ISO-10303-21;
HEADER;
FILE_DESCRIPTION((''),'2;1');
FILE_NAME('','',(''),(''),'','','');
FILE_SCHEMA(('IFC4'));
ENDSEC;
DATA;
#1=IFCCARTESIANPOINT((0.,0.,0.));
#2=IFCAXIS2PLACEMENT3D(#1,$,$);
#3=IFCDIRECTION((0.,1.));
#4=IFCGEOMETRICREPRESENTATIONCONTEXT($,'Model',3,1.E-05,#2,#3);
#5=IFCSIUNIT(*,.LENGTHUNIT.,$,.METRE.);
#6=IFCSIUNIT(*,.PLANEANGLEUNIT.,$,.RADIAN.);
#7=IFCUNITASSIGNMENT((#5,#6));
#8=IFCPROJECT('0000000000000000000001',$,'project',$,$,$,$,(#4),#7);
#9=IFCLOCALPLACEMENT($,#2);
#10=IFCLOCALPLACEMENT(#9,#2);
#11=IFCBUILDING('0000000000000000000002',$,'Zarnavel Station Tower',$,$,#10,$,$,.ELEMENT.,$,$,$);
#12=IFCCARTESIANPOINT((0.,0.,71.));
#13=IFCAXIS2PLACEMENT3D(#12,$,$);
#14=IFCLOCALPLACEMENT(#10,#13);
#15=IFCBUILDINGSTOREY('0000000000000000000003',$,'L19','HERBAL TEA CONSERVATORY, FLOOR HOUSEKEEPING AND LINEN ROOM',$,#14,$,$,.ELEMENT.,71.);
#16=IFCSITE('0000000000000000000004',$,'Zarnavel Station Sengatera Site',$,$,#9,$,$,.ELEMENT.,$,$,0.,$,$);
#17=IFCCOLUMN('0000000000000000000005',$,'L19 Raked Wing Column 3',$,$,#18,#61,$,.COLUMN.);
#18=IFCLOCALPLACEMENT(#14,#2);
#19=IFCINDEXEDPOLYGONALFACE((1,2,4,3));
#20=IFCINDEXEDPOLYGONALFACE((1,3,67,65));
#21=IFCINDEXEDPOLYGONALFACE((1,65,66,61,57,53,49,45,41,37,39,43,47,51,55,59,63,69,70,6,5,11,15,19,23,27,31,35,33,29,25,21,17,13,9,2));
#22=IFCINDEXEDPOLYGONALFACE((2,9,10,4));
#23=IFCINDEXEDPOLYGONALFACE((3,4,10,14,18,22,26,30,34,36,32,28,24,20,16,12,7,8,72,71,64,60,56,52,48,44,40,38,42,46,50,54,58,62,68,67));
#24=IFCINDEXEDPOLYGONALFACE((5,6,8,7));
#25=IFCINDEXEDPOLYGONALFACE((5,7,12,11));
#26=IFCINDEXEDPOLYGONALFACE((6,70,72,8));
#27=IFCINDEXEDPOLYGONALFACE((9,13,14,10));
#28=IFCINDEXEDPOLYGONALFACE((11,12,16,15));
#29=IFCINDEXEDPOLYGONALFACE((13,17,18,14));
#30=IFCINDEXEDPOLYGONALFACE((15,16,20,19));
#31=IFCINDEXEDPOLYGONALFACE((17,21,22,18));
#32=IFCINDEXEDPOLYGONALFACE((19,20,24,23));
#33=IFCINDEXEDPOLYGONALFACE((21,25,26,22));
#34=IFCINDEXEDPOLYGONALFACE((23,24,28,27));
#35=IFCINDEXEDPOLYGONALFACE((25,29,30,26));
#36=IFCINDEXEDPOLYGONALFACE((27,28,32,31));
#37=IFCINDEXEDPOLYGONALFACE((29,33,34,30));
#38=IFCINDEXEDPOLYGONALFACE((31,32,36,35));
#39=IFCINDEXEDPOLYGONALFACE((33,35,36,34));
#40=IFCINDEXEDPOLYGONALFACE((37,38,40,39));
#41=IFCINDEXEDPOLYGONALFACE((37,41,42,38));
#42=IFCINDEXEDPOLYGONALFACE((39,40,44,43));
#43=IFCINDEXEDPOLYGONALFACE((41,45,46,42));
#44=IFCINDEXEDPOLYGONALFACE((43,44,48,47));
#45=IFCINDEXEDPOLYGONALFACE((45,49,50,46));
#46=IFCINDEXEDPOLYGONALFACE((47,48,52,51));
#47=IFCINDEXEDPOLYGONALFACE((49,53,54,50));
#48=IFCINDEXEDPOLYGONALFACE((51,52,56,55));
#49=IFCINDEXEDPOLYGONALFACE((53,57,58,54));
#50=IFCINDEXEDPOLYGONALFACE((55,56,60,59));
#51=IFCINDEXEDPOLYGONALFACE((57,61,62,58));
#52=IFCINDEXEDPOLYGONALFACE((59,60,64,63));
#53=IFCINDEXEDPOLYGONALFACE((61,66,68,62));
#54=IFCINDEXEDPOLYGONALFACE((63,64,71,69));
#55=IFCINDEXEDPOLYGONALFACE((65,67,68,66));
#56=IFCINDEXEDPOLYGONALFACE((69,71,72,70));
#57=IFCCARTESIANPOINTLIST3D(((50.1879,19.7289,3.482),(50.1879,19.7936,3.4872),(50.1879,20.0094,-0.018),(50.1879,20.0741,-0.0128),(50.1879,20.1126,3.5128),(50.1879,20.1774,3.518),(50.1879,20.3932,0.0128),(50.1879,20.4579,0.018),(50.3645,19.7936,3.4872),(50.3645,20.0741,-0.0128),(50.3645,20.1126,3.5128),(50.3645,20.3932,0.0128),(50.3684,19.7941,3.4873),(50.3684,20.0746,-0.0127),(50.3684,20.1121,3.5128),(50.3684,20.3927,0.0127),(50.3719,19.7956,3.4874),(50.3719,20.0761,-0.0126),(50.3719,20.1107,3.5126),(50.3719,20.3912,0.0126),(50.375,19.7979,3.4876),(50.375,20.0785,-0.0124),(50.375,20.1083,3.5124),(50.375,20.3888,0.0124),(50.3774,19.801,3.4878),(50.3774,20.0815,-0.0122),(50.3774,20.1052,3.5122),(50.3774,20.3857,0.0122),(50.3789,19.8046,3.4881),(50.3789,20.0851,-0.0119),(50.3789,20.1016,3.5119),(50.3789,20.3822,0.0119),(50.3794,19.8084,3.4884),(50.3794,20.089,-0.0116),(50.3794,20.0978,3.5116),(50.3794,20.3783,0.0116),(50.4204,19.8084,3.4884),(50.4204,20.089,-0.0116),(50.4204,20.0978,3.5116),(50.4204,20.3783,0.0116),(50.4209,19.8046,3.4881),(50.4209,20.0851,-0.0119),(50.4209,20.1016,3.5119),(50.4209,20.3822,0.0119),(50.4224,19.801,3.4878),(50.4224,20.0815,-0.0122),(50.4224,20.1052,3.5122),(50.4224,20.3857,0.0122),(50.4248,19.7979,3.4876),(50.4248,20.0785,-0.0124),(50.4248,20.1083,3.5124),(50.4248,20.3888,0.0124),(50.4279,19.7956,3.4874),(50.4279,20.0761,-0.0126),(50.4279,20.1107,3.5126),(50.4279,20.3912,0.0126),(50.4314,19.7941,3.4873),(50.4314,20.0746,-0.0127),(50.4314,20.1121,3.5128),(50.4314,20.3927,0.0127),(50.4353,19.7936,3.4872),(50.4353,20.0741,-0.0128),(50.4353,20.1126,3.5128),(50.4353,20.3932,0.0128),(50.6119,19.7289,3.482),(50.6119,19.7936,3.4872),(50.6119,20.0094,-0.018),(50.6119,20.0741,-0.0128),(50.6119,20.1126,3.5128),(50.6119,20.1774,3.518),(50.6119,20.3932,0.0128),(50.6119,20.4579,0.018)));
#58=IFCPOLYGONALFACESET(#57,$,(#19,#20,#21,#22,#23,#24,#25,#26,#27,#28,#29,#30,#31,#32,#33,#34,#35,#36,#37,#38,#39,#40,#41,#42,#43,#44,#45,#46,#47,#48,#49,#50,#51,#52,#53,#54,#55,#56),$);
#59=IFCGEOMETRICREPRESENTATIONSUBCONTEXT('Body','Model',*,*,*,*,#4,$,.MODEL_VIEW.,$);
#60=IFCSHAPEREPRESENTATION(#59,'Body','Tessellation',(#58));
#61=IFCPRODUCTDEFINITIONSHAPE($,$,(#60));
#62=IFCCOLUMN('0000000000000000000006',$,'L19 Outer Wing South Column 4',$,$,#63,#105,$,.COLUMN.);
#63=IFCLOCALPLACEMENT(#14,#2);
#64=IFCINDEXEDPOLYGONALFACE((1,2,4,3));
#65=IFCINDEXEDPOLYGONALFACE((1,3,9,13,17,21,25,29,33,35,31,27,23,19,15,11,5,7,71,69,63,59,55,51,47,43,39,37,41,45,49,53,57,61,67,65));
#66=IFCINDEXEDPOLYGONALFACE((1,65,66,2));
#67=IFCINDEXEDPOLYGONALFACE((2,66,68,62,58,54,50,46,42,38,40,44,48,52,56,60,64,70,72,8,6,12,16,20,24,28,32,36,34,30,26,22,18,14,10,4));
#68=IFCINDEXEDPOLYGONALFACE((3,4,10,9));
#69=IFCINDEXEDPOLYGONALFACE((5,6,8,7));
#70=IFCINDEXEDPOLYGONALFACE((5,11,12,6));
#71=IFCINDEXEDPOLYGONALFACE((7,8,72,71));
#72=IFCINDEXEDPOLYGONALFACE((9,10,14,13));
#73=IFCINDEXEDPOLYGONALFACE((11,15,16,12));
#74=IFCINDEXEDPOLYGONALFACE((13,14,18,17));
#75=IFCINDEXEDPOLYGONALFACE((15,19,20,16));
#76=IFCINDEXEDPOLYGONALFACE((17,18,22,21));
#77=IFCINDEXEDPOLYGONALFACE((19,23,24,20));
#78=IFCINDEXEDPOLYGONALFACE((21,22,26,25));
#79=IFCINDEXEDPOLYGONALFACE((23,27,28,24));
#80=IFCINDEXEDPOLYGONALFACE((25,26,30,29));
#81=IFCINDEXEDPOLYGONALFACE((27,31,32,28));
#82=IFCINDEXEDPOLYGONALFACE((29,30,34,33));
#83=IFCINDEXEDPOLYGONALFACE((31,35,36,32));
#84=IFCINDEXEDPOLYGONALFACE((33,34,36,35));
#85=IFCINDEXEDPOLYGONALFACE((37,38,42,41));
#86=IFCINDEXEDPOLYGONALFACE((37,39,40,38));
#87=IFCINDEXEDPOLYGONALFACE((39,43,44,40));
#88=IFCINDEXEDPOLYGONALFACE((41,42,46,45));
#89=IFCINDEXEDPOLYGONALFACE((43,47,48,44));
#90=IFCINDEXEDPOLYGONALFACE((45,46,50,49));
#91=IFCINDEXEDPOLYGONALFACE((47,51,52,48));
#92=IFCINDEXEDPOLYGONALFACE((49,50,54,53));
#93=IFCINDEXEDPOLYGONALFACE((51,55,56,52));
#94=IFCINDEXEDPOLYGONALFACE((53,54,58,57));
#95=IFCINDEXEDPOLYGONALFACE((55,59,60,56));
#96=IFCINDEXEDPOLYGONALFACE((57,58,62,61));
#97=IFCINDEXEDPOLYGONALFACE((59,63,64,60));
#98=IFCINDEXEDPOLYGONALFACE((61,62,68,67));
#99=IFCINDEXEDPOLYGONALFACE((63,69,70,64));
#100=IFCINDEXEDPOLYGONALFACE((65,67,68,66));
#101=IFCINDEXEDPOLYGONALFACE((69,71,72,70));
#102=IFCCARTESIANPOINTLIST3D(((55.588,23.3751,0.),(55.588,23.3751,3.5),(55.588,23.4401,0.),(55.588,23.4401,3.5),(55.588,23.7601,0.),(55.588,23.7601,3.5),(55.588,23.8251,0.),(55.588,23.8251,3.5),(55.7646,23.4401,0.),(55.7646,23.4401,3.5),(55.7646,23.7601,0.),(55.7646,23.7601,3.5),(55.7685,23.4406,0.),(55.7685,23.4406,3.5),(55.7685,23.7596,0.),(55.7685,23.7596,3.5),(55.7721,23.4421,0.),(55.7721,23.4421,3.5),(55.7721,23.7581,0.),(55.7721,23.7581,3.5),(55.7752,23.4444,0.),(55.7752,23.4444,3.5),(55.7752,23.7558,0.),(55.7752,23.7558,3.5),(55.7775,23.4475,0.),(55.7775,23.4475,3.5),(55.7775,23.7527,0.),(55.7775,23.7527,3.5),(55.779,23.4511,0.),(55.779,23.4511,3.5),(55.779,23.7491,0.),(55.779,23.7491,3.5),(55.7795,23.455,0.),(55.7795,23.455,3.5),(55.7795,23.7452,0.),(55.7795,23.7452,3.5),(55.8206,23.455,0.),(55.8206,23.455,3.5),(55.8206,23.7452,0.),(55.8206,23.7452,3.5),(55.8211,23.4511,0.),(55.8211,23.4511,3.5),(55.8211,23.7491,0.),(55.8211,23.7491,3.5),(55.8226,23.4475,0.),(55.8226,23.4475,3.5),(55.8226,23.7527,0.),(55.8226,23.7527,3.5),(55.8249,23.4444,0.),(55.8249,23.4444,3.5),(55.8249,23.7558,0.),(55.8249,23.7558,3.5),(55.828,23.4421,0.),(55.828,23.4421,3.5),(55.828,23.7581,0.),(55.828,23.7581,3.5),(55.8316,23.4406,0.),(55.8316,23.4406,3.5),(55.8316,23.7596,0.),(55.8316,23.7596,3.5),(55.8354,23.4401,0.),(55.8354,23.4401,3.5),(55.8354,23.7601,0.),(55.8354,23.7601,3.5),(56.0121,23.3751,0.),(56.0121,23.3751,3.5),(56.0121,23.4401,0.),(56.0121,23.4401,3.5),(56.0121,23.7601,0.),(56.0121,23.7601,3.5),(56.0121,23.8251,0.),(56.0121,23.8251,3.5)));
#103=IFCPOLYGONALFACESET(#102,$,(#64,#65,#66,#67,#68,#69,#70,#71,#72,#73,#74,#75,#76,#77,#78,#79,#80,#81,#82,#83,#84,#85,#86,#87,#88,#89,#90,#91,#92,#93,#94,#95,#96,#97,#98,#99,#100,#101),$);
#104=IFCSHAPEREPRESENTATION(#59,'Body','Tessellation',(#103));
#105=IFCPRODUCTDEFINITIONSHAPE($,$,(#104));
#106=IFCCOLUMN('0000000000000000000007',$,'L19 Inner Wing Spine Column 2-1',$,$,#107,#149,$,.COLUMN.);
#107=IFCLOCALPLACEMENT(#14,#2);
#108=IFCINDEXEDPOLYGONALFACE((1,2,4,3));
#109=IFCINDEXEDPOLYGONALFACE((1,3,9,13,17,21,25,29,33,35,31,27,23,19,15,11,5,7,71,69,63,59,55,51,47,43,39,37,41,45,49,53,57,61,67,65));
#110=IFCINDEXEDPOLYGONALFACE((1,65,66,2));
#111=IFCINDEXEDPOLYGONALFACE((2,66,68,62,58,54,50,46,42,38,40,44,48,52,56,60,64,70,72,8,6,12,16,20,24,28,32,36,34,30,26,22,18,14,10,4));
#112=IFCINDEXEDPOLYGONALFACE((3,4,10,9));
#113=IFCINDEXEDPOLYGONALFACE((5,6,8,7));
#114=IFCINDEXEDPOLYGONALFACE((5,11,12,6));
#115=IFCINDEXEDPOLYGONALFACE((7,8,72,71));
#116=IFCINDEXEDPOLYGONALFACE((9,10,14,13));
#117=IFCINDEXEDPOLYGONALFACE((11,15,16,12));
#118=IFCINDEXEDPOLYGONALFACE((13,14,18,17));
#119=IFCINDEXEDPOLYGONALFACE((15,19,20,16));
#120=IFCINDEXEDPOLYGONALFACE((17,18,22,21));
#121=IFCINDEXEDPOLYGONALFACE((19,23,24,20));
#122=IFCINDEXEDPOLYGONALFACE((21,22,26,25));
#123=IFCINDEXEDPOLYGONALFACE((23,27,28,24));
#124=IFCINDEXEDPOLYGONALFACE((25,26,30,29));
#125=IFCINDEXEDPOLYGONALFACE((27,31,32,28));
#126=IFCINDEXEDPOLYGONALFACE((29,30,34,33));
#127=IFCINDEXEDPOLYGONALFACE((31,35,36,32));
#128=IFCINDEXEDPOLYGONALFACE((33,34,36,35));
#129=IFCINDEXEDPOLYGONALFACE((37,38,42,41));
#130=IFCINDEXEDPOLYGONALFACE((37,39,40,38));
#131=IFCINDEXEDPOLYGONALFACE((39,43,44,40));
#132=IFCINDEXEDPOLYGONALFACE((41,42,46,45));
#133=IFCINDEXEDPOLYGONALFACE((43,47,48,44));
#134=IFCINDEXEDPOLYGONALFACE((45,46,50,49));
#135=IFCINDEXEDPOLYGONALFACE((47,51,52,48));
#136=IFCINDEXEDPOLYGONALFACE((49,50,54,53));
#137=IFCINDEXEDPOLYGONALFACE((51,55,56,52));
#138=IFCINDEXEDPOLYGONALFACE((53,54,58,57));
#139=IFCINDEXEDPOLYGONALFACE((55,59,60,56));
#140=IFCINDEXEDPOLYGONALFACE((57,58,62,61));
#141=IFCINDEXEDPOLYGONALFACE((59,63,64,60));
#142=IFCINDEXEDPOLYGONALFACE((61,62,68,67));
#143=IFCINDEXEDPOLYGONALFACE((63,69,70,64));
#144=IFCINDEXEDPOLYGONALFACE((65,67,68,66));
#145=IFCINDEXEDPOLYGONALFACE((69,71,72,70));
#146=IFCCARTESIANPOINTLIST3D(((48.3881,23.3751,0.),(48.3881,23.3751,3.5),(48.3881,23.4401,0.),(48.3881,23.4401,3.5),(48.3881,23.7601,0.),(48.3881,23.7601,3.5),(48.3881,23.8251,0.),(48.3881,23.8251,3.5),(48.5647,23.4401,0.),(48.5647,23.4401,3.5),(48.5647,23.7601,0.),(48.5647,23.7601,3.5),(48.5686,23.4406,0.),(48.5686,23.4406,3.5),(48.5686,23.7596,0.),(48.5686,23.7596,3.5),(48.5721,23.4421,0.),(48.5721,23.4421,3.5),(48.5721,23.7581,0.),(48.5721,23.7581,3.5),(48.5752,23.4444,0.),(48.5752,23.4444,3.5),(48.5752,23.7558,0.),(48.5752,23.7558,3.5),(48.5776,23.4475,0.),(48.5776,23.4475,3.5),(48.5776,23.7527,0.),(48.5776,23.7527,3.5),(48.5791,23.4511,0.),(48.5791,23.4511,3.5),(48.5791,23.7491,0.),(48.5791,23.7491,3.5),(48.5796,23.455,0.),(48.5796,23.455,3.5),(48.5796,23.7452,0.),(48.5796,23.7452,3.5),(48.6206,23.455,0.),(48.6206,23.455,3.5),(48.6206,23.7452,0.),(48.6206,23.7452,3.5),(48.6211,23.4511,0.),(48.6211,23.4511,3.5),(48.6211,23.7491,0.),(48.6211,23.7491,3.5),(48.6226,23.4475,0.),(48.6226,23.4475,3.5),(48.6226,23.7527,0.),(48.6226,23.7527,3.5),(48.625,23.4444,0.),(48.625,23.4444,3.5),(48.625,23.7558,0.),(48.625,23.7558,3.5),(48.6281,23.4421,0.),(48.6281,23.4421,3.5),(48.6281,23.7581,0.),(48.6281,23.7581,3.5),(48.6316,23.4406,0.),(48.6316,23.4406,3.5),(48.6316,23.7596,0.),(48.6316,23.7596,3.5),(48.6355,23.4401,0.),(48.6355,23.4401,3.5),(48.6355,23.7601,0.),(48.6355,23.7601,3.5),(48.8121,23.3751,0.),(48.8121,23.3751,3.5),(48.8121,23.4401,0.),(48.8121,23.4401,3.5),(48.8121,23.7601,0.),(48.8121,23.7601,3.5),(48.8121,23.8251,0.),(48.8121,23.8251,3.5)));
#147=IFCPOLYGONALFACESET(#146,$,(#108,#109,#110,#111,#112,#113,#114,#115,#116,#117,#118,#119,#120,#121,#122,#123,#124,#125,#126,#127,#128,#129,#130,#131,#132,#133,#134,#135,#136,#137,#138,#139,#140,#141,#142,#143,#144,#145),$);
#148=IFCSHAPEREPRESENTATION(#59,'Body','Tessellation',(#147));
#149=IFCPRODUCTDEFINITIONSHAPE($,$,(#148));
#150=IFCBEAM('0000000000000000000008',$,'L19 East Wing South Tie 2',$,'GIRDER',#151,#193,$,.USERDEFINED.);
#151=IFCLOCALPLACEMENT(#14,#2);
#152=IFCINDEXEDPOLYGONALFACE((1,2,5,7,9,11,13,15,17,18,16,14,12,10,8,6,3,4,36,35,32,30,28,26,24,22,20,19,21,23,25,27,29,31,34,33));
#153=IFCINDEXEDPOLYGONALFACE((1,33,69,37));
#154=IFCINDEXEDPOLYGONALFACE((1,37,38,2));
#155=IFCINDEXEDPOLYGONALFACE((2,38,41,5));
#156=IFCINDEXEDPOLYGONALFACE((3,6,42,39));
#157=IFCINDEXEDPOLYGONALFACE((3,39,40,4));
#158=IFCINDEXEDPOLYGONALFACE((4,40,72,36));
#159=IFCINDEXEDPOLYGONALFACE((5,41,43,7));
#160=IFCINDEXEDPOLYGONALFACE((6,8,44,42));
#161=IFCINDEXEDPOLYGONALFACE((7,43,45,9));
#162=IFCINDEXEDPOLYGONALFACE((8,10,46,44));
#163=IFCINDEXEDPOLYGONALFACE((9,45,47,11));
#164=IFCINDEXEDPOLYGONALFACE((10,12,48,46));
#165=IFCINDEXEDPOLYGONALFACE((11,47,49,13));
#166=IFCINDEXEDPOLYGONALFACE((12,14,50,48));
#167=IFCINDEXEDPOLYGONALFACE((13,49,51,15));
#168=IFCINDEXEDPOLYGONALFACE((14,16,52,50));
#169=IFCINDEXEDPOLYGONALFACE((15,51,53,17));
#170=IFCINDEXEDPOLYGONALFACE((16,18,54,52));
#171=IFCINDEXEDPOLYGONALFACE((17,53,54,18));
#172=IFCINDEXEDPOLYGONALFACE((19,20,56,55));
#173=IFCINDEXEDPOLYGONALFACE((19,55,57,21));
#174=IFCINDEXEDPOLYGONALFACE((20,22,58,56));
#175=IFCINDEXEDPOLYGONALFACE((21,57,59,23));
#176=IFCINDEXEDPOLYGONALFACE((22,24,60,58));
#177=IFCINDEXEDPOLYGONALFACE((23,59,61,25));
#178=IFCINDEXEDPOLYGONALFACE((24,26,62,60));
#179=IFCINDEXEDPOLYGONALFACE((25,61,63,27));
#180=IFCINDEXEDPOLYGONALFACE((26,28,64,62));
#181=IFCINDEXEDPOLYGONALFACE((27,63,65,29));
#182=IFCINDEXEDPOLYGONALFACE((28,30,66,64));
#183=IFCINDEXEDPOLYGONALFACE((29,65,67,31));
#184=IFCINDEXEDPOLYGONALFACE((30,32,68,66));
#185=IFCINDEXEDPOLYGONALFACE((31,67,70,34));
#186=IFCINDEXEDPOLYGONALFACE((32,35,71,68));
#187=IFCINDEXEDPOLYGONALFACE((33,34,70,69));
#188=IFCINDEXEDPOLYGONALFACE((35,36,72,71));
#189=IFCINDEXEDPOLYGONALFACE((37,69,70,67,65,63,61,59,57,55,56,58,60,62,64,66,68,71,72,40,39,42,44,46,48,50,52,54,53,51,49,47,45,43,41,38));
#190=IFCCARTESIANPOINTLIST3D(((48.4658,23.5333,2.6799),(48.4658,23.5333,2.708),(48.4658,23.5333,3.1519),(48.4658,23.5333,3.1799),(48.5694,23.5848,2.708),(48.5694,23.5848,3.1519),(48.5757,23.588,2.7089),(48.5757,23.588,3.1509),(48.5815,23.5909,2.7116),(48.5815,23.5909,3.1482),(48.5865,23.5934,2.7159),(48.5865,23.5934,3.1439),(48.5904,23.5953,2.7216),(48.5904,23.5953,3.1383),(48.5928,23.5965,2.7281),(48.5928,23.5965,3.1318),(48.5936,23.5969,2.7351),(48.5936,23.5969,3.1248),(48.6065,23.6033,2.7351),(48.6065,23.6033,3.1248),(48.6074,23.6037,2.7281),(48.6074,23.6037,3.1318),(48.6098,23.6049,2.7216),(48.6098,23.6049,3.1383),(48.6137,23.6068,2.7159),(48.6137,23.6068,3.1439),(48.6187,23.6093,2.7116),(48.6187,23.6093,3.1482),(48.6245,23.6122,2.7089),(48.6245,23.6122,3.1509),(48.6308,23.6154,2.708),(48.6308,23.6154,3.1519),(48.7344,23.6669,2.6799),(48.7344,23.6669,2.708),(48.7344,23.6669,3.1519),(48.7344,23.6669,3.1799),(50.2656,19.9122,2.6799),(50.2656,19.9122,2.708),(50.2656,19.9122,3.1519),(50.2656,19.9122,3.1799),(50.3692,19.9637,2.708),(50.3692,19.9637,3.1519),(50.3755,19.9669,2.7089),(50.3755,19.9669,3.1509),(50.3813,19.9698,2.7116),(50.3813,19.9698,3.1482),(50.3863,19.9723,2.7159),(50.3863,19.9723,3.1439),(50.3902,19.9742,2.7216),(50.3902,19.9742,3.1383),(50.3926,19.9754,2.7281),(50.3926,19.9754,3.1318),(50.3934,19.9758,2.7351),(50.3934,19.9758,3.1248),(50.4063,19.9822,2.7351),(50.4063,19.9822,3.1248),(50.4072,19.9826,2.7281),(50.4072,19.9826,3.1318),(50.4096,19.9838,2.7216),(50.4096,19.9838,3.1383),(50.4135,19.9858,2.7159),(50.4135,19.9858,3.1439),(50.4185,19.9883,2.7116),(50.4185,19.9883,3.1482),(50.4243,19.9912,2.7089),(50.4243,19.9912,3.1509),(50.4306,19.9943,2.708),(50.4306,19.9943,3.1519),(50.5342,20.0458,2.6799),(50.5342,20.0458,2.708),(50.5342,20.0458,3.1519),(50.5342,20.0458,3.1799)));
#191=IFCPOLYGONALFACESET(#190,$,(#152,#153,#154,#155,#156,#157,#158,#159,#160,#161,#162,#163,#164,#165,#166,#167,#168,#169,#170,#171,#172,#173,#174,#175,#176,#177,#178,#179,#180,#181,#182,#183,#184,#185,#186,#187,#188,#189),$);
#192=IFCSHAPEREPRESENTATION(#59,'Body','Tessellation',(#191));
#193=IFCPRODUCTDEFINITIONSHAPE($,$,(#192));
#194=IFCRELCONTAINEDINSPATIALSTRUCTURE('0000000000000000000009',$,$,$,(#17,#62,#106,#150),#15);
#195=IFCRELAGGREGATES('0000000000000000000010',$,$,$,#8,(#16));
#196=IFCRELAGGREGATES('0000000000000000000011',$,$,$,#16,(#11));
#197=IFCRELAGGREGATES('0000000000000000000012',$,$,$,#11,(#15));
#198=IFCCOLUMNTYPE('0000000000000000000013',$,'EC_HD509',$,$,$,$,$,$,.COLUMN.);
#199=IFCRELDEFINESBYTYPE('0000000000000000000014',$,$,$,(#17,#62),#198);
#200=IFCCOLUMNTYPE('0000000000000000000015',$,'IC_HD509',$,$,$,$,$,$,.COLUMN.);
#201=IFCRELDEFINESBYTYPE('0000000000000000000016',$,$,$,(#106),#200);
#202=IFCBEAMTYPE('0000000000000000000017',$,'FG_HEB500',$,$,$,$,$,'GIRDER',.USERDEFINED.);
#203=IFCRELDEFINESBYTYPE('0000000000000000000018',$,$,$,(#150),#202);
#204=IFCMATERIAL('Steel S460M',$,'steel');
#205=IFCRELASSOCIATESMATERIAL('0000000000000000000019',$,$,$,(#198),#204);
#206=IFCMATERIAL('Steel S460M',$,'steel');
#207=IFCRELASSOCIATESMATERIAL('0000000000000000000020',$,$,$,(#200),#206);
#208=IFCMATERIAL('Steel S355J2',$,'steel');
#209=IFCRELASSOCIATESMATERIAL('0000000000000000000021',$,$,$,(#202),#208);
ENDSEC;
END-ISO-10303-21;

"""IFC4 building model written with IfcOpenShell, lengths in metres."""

from ifc_helpers import new_model, si_unit, direction, frame, origin, origin_2d, place, context, subcontext, project, spatial, i_section, extrude, material, material_profile, profile_set, type_object, element, save


model = new_model("IFC4")

# Units and contexts
model_context = context("Model", 3, precision=1e-05, world=origin(), true_north=direction((0.0, 1.0)))
body_context = subcontext(model_context, "Body", "Model", "MODEL_VIEW")
ifc_project = project(units=[si_unit("LENGTHUNIT", "METRE"), si_unit("PLANEANGLEUNIT", "RADIAN")], contexts=[model_context])

# Site, building, storey
site_placement = place(None, origin())
site = spatial("IfcSite", under=ifc_project, at=site_placement, Name="Zarnavel Station Sengatera Site", CompositionType="ELEMENT", RefElevation=0.0)
building_placement = place(site_placement, origin())
building = spatial("IfcBuilding", under=site, at=building_placement, Name="Zarnavel Station Tower", CompositionType="ELEMENT")
storey_placement = place(building_placement, frame((0.0, 0.0, 71.0)))
storey = spatial("IfcBuildingStorey", under=building, at=storey_placement, Name="L19", Description="HERBAL TEA CONSERVATORY, FLOOR HOUSEKEEPING AND LINEN ROOM", CompositionType="ELEMENT", Elevation=71.0)

# Columns
ifc_material_1 = material(Name="Steel S460M", Category="steel")
ifc_material_profile_1 = material_profile(ifc_material_1, i_section(OverallWidth=0.4241, OverallDepth=0.45, WebThickness=0.041, FlangeThickness=0.0649, FilletRadius=0.0149, at=origin_2d()), Name="HD400x509")
ifc_profile_set_1 = profile_set([ifc_material_profile_1], Name="Steel S460M")
column_type_1 = type_object("IfcColumnType", Name="EC_HD509", PredefinedType="COLUMN", material=ifc_profile_set_1)
column_1_placement = place(storey_placement, frame((50.3999, 20.2336, 0.0), z_axis=(0.0, -0.079892, 0.996804), x_axis=(1.0, 0.0, 0.0)))
element("IfcColumn", 1, at=column_1_placement, inside=storey, type_object=column_type_1, Name="L19 Raked Wing Column 3", PredefinedType="COLUMN", context=body_context, shape_type="SweptSolid", body=[
    extrude(i_section(OverallWidth=0.4241, OverallDepth=0.45, WebThickness=0.041, FlangeThickness=0.0649, FilletRadius=0.0149, at=origin_2d()), origin(), (0.0, 0.0, 1.0), 3.5112),
])
column_2_placement = place(storey_placement, frame((55.8, 23.6001, 0.0), z_axis=(0.0, 0.0, 1.0), x_axis=(1.0, 0.0, 0.0)))
element("IfcColumn", 2, at=column_2_placement, inside=storey, type_object=column_type_1, Name="L19 Outer Wing South Column 4", PredefinedType="COLUMN", context=body_context, shape_type="SweptSolid", body=[
    extrude(i_section(OverallWidth=0.4241, OverallDepth=0.45, WebThickness=0.041, FlangeThickness=0.0649, FilletRadius=0.0149, at=origin_2d()), origin(), (0.0, 0.0, 1.0), 3.5),
])
ifc_material_2 = material(Name="Steel S460M", Category="steel")
ifc_material_profile_2 = material_profile(ifc_material_2, i_section(OverallWidth=0.4241, OverallDepth=0.45, WebThickness=0.041, FlangeThickness=0.0649, FilletRadius=0.0149, at=origin_2d()), Name="HD400x509")
ifc_profile_set_2 = profile_set([ifc_material_profile_2], Name="Steel S460M")
column_type_2 = type_object("IfcColumnType", Name="IC_HD509", PredefinedType="COLUMN", material=ifc_profile_set_2)
column_3_placement = place(storey_placement, frame((48.6001, 23.6001, 0.0), z_axis=(0.0, 0.0, 1.0), x_axis=(1.0, 0.0, 0.0)))
element("IfcColumn", 3, at=column_3_placement, inside=storey, type_object=column_type_2, Name="L19 Inner Wing Spine Column 2-1", PredefinedType="COLUMN", context=body_context, shape_type="SweptSolid", body=[
    extrude(i_section(OverallWidth=0.4241, OverallDepth=0.45, WebThickness=0.041, FlangeThickness=0.0649, FilletRadius=0.0149, at=origin_2d()), origin(), (0.0, 0.0, 1.0), 3.5),
])

# Beam
ifc_material_3 = material(Name="Steel S355J2", Category="steel")
ifc_material_profile_3 = material_profile(ifc_material_3, i_section(OverallWidth=0.3, OverallDepth=0.5, WebThickness=0.0144, FlangeThickness=0.0281, FilletRadius=0.0271, at=origin_2d()), Name="HEB500")
ifc_profile_set_3 = profile_set([ifc_material_profile_3], Name="Steel S355J2")
beam_type_1 = type_object("IfcBeamType", Name="FG_HEB500", ElementType="GIRDER", PredefinedType="USERDEFINED", material=ifc_profile_set_3)
beam_1_placement = place(storey_placement, frame((48.6001, 23.6001, 2.9299), z_axis=(0.445087, -0.895487, 0.0), x_axis=(0.895487, 0.445087, 0.0)))
element("IfcBeam", 4, at=beam_1_placement, inside=storey, type_object=beam_type_1, Name="L19 East Wing South Tie 2", ObjectType="GIRDER", PredefinedType="USERDEFINED", context=body_context, shape_type="SweptSolid", body=[
    extrude(i_section(OverallWidth=0.3, OverallDepth=0.5, WebThickness=0.0144, FlangeThickness=0.0281, FilletRadius=0.0271, at=origin_2d()), origin(), (0.0, 0.0, 1.0), 4.0437),
])

save(model, "model.ifc")
